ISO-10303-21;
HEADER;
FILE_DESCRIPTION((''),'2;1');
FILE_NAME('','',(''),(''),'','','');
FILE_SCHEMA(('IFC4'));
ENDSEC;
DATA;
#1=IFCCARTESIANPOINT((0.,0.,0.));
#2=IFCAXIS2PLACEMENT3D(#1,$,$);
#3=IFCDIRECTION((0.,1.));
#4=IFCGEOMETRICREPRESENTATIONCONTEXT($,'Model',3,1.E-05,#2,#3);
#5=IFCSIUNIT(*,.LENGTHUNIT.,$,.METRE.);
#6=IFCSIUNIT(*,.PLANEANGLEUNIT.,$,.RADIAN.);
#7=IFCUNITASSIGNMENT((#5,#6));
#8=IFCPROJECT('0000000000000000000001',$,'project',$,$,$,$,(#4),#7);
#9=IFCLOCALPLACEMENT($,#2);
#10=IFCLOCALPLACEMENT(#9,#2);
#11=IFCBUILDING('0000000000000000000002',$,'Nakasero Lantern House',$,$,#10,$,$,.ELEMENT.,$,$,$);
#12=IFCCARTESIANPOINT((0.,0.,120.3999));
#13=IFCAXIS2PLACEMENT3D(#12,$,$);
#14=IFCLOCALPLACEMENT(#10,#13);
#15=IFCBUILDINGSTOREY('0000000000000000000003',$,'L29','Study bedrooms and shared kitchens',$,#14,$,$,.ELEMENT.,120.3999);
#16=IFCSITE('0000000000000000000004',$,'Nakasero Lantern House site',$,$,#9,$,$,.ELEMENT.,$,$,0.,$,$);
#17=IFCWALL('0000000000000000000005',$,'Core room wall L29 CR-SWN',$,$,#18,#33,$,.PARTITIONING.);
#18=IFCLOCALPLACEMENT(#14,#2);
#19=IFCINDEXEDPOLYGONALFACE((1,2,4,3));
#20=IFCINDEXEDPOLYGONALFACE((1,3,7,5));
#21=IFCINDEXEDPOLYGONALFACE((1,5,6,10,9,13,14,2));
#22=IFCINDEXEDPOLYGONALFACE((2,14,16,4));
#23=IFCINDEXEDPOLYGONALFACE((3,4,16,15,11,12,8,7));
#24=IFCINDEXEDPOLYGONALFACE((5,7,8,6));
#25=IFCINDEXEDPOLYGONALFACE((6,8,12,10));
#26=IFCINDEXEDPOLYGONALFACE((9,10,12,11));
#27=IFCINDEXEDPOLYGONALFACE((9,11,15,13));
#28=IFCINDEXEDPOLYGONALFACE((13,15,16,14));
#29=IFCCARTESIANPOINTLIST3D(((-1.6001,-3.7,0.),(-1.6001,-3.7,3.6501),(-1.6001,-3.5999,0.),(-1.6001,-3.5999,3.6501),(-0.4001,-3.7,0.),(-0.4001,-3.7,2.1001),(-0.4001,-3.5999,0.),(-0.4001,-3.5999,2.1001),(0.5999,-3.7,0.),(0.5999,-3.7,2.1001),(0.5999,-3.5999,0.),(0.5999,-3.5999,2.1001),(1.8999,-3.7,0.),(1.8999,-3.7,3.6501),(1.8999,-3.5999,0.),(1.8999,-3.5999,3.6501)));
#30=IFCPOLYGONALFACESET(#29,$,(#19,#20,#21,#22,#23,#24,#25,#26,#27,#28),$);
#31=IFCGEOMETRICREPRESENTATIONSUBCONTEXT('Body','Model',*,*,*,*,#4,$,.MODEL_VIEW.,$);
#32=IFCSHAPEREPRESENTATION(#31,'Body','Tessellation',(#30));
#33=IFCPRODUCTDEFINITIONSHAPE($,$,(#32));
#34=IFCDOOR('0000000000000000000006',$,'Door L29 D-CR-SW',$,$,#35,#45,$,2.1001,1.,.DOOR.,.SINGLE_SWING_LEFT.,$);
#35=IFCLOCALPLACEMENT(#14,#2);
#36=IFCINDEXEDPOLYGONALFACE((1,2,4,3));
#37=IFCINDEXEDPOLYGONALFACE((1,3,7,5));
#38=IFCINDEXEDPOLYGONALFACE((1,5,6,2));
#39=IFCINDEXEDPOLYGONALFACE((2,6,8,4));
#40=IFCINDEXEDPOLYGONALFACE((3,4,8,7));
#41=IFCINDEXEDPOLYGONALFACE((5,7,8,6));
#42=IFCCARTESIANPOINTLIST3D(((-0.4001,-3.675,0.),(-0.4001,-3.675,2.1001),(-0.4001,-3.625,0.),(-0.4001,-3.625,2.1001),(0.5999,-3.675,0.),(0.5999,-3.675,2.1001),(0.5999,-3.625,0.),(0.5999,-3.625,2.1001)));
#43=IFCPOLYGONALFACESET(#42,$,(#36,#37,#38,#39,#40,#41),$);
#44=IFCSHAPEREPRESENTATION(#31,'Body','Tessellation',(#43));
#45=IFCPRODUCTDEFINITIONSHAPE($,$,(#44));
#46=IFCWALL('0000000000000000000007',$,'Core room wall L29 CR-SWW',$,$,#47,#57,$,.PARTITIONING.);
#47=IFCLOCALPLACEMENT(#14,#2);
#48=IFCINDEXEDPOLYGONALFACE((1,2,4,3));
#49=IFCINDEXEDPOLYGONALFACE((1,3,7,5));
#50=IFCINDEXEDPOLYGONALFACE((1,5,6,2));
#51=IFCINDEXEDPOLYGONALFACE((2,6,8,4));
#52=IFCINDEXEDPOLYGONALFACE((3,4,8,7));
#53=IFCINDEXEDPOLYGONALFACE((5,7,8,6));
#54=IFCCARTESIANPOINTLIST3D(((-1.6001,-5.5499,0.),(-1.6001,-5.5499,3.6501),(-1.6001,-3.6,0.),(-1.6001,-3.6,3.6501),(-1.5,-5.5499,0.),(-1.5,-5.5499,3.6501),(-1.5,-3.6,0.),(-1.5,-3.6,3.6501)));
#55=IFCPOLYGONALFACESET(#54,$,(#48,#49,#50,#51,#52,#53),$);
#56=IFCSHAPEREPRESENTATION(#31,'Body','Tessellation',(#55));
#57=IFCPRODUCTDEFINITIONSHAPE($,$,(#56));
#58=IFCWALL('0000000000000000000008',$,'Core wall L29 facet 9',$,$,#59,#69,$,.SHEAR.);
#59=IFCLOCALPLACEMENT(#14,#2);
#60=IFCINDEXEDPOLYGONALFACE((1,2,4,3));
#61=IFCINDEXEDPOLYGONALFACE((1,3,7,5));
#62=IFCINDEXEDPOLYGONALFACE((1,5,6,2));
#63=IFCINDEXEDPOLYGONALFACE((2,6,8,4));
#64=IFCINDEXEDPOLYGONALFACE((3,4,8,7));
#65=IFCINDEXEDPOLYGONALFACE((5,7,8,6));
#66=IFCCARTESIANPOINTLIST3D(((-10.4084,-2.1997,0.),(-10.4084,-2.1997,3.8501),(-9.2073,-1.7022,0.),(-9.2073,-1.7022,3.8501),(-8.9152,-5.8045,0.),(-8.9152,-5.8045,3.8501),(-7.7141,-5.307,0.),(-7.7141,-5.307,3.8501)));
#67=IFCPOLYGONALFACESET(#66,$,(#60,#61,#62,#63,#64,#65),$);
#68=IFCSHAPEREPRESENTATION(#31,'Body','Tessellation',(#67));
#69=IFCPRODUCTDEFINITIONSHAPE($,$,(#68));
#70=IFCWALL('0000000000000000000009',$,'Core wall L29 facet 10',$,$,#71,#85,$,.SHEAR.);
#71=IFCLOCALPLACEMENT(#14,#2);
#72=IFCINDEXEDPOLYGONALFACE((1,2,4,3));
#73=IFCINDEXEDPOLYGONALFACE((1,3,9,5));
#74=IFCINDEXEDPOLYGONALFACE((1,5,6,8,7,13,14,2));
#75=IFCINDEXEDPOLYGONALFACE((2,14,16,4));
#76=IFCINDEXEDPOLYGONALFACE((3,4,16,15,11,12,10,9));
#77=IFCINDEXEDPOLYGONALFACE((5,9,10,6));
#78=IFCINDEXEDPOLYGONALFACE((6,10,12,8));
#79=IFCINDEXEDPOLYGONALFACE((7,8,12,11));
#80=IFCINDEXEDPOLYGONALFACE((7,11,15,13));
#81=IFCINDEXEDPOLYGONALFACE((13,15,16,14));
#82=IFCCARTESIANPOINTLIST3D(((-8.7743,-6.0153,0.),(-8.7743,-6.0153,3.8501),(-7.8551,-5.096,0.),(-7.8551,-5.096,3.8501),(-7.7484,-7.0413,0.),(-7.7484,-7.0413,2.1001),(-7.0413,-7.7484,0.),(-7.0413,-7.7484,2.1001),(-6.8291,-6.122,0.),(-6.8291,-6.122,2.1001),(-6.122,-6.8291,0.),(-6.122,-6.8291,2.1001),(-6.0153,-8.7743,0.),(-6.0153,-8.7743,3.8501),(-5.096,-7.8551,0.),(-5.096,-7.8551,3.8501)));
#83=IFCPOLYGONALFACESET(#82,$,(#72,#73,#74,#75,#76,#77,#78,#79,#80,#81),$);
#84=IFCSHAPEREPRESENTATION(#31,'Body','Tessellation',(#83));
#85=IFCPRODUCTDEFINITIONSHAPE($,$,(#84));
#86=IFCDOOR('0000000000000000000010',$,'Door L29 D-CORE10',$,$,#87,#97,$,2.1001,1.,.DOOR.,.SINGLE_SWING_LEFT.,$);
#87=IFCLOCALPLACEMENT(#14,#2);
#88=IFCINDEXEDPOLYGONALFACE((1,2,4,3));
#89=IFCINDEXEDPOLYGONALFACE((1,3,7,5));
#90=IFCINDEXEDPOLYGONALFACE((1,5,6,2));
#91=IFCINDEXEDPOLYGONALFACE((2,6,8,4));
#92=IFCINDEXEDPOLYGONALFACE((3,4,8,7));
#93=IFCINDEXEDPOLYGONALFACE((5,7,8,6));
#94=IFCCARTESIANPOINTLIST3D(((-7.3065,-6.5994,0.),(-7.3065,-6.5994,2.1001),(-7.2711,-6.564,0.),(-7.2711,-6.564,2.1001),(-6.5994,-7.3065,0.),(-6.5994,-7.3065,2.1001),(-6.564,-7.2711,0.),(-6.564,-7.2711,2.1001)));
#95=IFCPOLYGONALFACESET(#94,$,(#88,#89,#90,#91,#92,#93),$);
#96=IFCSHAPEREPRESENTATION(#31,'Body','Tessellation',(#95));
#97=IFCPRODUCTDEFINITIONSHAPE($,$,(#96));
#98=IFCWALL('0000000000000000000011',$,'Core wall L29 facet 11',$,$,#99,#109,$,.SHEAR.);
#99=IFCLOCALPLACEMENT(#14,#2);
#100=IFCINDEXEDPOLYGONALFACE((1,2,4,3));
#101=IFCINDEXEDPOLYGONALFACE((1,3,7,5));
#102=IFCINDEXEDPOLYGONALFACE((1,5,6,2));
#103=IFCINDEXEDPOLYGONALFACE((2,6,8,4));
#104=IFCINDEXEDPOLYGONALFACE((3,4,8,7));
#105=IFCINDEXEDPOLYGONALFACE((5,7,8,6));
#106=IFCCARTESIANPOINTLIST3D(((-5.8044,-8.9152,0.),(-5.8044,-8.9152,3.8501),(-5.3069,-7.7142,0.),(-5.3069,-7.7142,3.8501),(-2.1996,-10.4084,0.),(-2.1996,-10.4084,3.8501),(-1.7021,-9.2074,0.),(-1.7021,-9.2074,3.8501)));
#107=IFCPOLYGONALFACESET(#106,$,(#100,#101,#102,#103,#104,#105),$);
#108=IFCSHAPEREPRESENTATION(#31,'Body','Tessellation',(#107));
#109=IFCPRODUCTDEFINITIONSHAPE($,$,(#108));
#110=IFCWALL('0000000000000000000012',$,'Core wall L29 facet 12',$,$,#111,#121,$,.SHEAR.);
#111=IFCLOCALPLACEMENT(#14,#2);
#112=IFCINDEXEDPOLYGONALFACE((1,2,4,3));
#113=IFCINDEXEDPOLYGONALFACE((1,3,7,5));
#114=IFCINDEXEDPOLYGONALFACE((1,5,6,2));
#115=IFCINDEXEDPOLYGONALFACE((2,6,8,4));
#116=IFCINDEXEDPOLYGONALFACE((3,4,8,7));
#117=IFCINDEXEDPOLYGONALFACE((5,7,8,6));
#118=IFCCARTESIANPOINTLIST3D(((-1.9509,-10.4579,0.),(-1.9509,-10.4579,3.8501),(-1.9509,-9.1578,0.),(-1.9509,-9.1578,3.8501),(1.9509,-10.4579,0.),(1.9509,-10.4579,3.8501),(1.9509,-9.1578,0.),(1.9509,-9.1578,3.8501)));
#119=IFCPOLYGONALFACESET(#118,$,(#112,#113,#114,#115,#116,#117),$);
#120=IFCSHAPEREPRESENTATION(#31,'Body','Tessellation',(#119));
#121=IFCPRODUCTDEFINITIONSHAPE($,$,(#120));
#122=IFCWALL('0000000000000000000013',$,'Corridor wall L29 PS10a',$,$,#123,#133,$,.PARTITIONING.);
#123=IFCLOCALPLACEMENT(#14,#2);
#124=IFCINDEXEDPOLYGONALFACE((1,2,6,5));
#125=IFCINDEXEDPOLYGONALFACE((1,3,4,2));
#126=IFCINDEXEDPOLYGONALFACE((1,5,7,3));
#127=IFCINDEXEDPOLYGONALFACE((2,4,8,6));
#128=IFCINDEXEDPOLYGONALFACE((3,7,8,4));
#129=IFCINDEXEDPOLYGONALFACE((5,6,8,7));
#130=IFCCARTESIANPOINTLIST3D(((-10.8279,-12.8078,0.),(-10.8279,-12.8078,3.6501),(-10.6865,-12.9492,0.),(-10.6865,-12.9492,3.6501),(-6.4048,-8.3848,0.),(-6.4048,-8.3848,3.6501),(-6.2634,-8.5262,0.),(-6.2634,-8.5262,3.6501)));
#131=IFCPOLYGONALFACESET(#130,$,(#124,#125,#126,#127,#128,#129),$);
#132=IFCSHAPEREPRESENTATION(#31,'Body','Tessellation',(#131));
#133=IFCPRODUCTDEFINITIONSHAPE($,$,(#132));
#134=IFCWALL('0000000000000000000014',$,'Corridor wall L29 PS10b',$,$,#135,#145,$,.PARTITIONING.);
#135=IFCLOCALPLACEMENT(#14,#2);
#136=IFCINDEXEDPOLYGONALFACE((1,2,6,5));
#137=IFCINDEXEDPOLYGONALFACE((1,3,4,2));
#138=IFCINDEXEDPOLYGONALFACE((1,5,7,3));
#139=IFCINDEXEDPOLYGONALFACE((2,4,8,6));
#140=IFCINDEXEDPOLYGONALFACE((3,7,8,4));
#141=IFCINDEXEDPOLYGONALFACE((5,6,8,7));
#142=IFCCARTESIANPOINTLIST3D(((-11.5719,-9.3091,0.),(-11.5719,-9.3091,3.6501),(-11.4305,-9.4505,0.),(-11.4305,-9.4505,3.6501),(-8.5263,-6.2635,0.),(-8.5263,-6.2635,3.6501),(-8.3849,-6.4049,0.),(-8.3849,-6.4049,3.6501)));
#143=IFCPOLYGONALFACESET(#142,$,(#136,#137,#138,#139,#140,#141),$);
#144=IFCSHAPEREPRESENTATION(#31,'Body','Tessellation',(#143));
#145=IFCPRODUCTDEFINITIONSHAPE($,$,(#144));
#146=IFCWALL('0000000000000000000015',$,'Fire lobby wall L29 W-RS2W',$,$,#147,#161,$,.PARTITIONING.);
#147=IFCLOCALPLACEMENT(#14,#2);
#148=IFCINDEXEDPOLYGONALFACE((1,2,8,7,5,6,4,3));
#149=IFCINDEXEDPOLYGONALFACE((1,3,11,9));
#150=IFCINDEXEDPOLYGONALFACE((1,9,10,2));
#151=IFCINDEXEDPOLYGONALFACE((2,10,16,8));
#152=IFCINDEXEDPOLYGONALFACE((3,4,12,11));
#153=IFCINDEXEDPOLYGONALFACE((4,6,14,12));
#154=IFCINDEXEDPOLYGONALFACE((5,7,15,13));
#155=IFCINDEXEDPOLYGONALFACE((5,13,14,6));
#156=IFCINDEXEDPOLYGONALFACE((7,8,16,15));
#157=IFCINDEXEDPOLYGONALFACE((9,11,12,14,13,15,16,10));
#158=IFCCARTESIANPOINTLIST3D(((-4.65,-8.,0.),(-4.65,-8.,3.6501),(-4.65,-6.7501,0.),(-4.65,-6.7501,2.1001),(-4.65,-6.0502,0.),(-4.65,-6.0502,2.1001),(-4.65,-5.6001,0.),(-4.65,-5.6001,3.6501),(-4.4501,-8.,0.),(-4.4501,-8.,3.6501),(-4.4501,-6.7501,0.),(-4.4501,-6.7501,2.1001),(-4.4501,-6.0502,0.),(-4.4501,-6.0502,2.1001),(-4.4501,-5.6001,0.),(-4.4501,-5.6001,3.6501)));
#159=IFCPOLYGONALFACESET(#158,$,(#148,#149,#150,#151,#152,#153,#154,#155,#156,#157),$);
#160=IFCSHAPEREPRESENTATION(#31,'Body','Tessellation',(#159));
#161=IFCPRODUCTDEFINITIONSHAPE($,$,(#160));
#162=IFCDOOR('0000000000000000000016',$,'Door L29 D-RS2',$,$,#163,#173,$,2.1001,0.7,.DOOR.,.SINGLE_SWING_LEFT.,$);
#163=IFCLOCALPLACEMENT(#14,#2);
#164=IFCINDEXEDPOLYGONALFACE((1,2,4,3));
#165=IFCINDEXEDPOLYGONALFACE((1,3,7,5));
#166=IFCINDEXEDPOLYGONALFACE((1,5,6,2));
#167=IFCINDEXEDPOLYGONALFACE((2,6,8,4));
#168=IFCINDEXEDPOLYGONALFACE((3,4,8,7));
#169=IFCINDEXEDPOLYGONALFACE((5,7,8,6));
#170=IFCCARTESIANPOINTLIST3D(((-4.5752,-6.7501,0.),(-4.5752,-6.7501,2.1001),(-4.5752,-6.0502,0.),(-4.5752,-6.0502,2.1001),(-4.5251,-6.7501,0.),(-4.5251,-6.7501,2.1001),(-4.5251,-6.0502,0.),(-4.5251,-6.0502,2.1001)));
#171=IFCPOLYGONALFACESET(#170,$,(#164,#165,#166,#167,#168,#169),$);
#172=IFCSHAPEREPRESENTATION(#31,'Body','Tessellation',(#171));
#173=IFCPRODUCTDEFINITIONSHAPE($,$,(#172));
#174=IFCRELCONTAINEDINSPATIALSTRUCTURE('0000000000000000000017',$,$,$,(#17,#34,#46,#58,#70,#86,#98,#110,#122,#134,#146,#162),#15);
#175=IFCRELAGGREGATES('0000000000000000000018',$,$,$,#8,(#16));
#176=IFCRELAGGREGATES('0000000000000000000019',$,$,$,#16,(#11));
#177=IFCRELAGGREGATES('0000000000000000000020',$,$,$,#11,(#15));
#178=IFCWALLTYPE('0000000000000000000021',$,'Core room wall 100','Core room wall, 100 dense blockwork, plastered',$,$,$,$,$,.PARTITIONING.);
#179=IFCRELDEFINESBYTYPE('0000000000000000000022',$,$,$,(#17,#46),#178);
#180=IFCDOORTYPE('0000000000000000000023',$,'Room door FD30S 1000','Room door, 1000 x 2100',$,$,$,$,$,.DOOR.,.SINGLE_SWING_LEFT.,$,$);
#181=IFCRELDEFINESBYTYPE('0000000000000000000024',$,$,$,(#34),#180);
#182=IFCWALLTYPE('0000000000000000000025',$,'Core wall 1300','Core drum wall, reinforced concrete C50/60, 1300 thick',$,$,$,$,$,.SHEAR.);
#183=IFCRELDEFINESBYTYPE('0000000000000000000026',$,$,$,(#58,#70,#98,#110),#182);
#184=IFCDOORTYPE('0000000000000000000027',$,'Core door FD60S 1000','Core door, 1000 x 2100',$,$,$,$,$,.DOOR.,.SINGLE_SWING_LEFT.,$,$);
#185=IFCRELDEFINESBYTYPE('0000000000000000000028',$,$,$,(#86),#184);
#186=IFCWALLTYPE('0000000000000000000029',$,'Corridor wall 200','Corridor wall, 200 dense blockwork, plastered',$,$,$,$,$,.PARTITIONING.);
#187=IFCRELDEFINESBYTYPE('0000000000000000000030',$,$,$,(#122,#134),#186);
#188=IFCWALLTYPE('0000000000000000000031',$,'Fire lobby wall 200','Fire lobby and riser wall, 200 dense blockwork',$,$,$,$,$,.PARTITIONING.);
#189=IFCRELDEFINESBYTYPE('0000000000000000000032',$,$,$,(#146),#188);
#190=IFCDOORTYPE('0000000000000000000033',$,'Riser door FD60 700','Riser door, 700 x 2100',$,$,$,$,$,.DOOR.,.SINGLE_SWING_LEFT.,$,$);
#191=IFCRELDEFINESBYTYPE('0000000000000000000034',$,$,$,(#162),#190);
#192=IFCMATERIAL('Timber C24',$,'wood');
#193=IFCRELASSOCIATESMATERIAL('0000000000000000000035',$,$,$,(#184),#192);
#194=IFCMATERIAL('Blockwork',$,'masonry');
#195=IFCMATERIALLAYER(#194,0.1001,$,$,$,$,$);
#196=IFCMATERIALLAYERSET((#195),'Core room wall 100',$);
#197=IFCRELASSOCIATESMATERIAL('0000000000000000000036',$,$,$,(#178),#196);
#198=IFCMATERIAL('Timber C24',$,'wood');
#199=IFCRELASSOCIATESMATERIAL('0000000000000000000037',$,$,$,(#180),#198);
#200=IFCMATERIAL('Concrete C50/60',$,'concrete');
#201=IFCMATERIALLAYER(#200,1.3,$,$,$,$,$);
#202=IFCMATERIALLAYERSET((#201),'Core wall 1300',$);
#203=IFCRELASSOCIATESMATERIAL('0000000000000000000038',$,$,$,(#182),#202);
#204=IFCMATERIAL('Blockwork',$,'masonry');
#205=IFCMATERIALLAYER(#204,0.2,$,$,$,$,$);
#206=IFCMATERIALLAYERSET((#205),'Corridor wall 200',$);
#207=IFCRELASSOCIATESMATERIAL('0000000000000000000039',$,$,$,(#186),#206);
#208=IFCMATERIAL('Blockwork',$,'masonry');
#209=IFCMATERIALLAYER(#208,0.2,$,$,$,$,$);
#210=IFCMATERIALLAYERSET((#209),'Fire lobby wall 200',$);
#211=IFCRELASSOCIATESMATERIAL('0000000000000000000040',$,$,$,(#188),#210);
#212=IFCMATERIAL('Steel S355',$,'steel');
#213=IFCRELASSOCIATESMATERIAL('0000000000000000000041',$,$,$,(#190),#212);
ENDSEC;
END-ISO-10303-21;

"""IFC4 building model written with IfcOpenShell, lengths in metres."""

from ifc_helpers import new_model, si_unit, direction, frame, frame_2d, origin, place, context, subcontext, project, spatial, rectangle, extrude, material, layer, layer_set, type_object, element, fill, save


model = new_model("IFC4")

# Units and contexts
model_context = context("Model", 3, precision=1e-05, world=origin(), true_north=direction((0.0, 1.0)))
body_context = subcontext(model_context, "Body", "Model", "MODEL_VIEW")
ifc_project = project(units=[si_unit("LENGTHUNIT", "METRE"), si_unit("PLANEANGLEUNIT", "RADIAN")], contexts=[model_context])

# Site, building, storey
site_placement = place(None, origin())
site = spatial("IfcSite", under=ifc_project, at=site_placement, Name="Nakasero Lantern House site", CompositionType="ELEMENT", RefElevation=0.0)
building_placement = place(site_placement, origin())
building = spatial("IfcBuilding", under=site, at=building_placement, Name="Nakasero Lantern House", CompositionType="ELEMENT")
storey_placement = place(building_placement, frame((0.0, 0.0, 120.3999)))
storey = spatial("IfcBuildingStorey", under=building, at=storey_placement, Name="L29", Description="Study bedrooms and shared kitchens", CompositionType="ELEMENT", Elevation=120.3999)

# Shared definitions
ifc_material_1 = material(Name="Timber C24", Category="wood")
door_type_1 = type_object("IfcDoorType", Name="Core door FD60S 1000", Description="Core door, 1000 x 2100", OperationType="SINGLE_SWING_LEFT", PredefinedType="DOOR", material=ifc_material_1)

# Wall, opening, door
ifc_material_2 = material(Name="Blockwork", Category="masonry")
ifc_layer_1 = layer(ifc_material_2, 0.1001)
ifc_layer_set_1 = layer_set([ifc_layer_1], Name="Core room wall 100")
wall_type_1 = type_object("IfcWallType", Name="Core room wall 100", Description="Core room wall, 100 dense blockwork, plastered", PredefinedType="PARTITIONING", material=ifc_layer_set_1)
wall_1_placement = place(storey_placement, frame((-1.6001, -3.6499, 0.0), z_axis=(0.0, 0.0, 1.0), x_axis=(1.0, 0.0, 0.0)))
wall_1 = element("IfcWall", 1, at=wall_1_placement, inside=storey, type_object=wall_type_1, Name="Core room wall L29 CR-SWN", PredefinedType="PARTITIONING", context=body_context, shape_type="SweptSolid", body=[
    extrude(rectangle(XDim=3.5, YDim=0.1001, at=frame_2d((1.75, 0.0))), origin(), (0.0, 0.0, 1.0), 3.6501),
])
opening_1_placement = place(wall_1_placement, frame((1.2, 0.0, 0.0)))
opening_1 = element("IfcOpeningElement", 2, at=opening_1_placement, cuts=wall_1, PredefinedType="OPENING", context=body_context, shape_type="SweptSolid", body=[
    extrude(rectangle(XDim=1.0, YDim=2.1001, at=frame_2d((0.5, 1.05))), frame((0.0, 0.0701, 0.0), z_axis=(0.0, -1.0, 0.0), x_axis=(1.0, 0.0, 0.0)), (0.0, 0.0, 1.0), 0.1401),
])
ifc_material_3 = material(Name="Timber C24", Category="wood")
door_type_2 = type_object("IfcDoorType", Name="Room door FD30S 1000", Description="Room door, 1000 x 2100", OperationType="SINGLE_SWING_LEFT", PredefinedType="DOOR", material=ifc_material_3)
door_1_placement = place(opening_1_placement, origin())
door_1 = element("IfcDoor", 3, at=door_1_placement, inside=storey, type_object=door_type_2, Name="Door L29 D-CR-SW", OperationType="SINGLE_SWING_LEFT", OverallHeight=2.1001, OverallWidth=1.0, PredefinedType="DOOR", context=body_context, shape_type="SweptSolid", body=[
    extrude(rectangle(XDim=1.0, YDim=2.1001, at=frame_2d((0.5, 1.05))), frame((0.0, 0.0249, 0.0), z_axis=(0.0, -1.0, 0.0), x_axis=(1.0, 0.0, 0.0)), (0.0, 0.0, 1.0), 0.05),
])
fill(opening_1, door_1)

# Walls
wall_2_placement = place(storey_placement, frame((-1.55, -5.55, 0.0), z_axis=(0.0, 0.0, 1.0), x_axis=(0.0, 1.0, 0.0)))
element("IfcWall", 4, at=wall_2_placement, inside=storey, type_object=wall_type_1, Name="Core room wall L29 CR-SWW", PredefinedType="PARTITIONING", context=body_context, shape_type="SweptSolid", body=[
    extrude(rectangle(XDim=1.95, YDim=0.1001, at=frame_2d((0.9751, 0.0))), origin(), (0.0, 0.0, 1.0), 3.6501),
])
ifc_material_4 = material(Name="Concrete C50/60", Category="concrete")
ifc_layer_2 = layer(ifc_material_4, 1.3)
ifc_layer_set_2 = layer_set([ifc_layer_2], Name="Core wall 1300")
wall_type_2 = type_object("IfcWallType", Name="Core wall 1300", Description="Core drum wall, reinforced concrete C50/60, 1300 thick", PredefinedType="SHEAR", material=ifc_layer_set_2)
wall_3_placement = place(storey_placement, frame((-9.8079, -1.9509, 0.0), z_axis=(0.0, 0.0, 1.0), x_axis=(0.382691, -0.923877, 0.0)))
element("IfcWall", 5, at=wall_3_placement, inside=storey, type_object=wall_type_2, Name="Core wall L29 facet 9", PredefinedType="SHEAR", context=body_context, shape_type="SweptSolid", body=[
    extrude(rectangle(XDim=3.9019, YDim=1.3, at=frame_2d((1.9509, 0.0))), origin(), (0.0, 0.0, 1.0), 3.8501),
])

# Wall, opening, door
wall_4_placement = place(storey_placement, frame((-8.3147, -5.5557, 0.0), z_axis=(0.0, 0.0, 1.0), x_axis=(0.707107, -0.707107, 0.0)))
wall_4 = element("IfcWall", 6, at=wall_4_placement, inside=storey, type_object=wall_type_2, Name="Core wall L29 facet 10", PredefinedType="SHEAR", context=body_context, shape_type="SweptSolid", body=[
    extrude(rectangle(XDim=3.9019, YDim=1.3, at=frame_2d((1.9509, 0.0))), origin(), (0.0, 0.0, 1.0), 3.8501),
])
opening_2_placement = place(wall_4_placement, frame((1.4509, 0.0, 0.0)))
opening_2 = element("IfcOpeningElement", 7, at=opening_2_placement, cuts=wall_4, PredefinedType="OPENING", context=body_context, shape_type="SweptSolid", body=[
    extrude(rectangle(XDim=1.0, YDim=2.1001, at=frame_2d((0.5, 1.05))), frame((0.0, 0.6699, 0.0), z_axis=(0.0, -1.0, 0.0), x_axis=(1.0, 0.0, 0.0)), (0.0, 0.0, 1.0), 1.3401),
])
door_2_placement = place(opening_2_placement, origin())
door_2 = element("IfcDoor", 8, at=door_2_placement, inside=storey, type_object=door_type_1, Name="Door L29 D-CORE10", OperationType="SINGLE_SWING_LEFT", OverallHeight=2.1001, OverallWidth=1.0, PredefinedType="DOOR", context=body_context, shape_type="SweptSolid", body=[
    extrude(rectangle(XDim=1.0, YDim=2.1001, at=frame_2d((0.5, 1.05))), frame((0.0, 0.0249, 0.0), z_axis=(0.0, -1.0, 0.0), x_axis=(1.0, 0.0, 0.0)), (0.0, 0.0, 1.0), 0.05),
])
fill(opening_2, door_2)

# Walls
for number, where, z_axis, x_axis, name in (
    (9, (-5.5557, -8.3147, 0.0), (0.0, 0.0, 1.0), (0.923877, -0.382691, 0.0), "Core wall L29 facet 11"),
    (10, (-1.9509, -9.8079, 0.0), (0.0, 0.0, 1.0), (1.0, 0.0, 0.0), "Core wall L29 facet 12"),
):
    element("IfcWall", number, at=place(storey_placement, frame(where, z_axis=z_axis, x_axis=x_axis)), inside=storey, type_object=wall_type_2, Name=name, PredefinedType="SHEAR", context=body_context, shape_type="SweptSolid", body=[
        extrude(rectangle(XDim=3.9019, YDim=1.3, at=frame_2d((1.9509, 0.0))), origin(), (0.0, 0.0, 1.0), 3.8501),
    ])
ifc_material_5 = material(Name="Blockwork", Category="masonry")
ifc_layer_3 = layer(ifc_material_5, 0.2)
ifc_layer_set_3 = layer_set([ifc_layer_3], Name="Corridor wall 200")
wall_type_3 = type_object("IfcWallType", Name="Corridor wall 200", Description="Corridor wall, 200 dense blockwork, plastered", PredefinedType="PARTITIONING", material=ifc_layer_set_3)
wall_5_placement = place(storey_placement, frame((-6.3342, -8.4556, 0.0), z_axis=(0.0, 0.0, 1.0), x_axis=(-0.707107, -0.707107, 0.0)))
element("IfcWall", 11, at=wall_5_placement, inside=storey, type_object=wall_type_3, Name="Corridor wall L29 PS10a", PredefinedType="PARTITIONING", context=body_context, shape_type="SweptSolid", body=[
    extrude(rectangle(XDim=6.2551, YDim=0.2, at=frame_2d((3.1274, 0.0))), origin(), (0.0, 0.0, 1.0), 3.6501),
])
wall_6_placement = place(storey_placement, frame((-8.4556, -6.3342, 0.0), z_axis=(0.0, 0.0, 1.0), x_axis=(-0.707107, -0.707107, 0.0)))
element("IfcWall", 12, at=wall_6_placement, inside=storey, type_object=wall_type_3, Name="Corridor wall L29 PS10b", PredefinedType="PARTITIONING", context=body_context, shape_type="SweptSolid", body=[
    extrude(rectangle(XDim=4.3071, YDim=0.2, at=frame_2d((2.1536, 0.0))), origin(), (0.0, 0.0, 1.0), 3.6501),
])

# Wall, opening, door
ifc_material_6 = material(Name="Blockwork", Category="masonry")
ifc_layer_4 = layer(ifc_material_6, 0.2)
ifc_layer_set_4 = layer_set([ifc_layer_4], Name="Fire lobby wall 200")
wall_type_4 = type_object("IfcWallType", Name="Fire lobby wall 200", Description="Fire lobby and riser wall, 200 dense blockwork", PredefinedType="PARTITIONING", material=ifc_layer_set_4)
wall_7_placement = place(storey_placement, frame((-4.55, -5.6001, 0.0), z_axis=(0.0, 0.0, 1.0), x_axis=(0.0, -1.0, 0.0)))
wall_7 = element("IfcWall", 13, at=wall_7_placement, inside=storey, type_object=wall_type_4, Name="Fire lobby wall L29 W-RS2W", PredefinedType="PARTITIONING", context=body_context, shape_type="SweptSolid", body=[
    extrude(rectangle(XDim=2.3999, YDim=0.2, at=frame_2d((1.2, 0.0))), origin(), (0.0, 0.0, 1.0), 3.6501),
])
opening_3_placement = place(wall_7_placement, frame((0.45, 0.0, 0.0)))
opening_3 = element("IfcOpeningElement", 14, at=opening_3_placement, cuts=wall_7, PredefinedType="OPENING", context=body_context, shape_type="SweptSolid", body=[
    extrude(rectangle(XDim=0.7, YDim=2.1001, at=frame_2d((0.3501, 1.05))), frame((0.0, 0.1199, 0.0), z_axis=(0.0, -1.0, 0.0), x_axis=(1.0, 0.0, 0.0)), (0.0, 0.0, 1.0), 0.24),
])
ifc_material_7 = material(Name="Steel S355", Category="steel")
door_type_3 = type_object("IfcDoorType", Name="Riser door FD60 700", Description="Riser door, 700 x 2100", OperationType="SINGLE_SWING_LEFT", PredefinedType="DOOR", material=ifc_material_7)
door_3_placement = place(opening_3_placement, origin())
door_3 = element("IfcDoor", 15, at=door_3_placement, inside=storey, type_object=door_type_3, Name="Door L29 D-RS2", OperationType="SINGLE_SWING_LEFT", OverallHeight=2.1001, OverallWidth=0.7, PredefinedType="DOOR", context=body_context, shape_type="SweptSolid", body=[
    extrude(rectangle(XDim=0.7, YDim=2.1001, at=frame_2d((0.3501, 1.05))), frame((0.0, 0.0249, 0.0), z_axis=(0.0, -1.0, 0.0), x_axis=(1.0, 0.0, 0.0)), (0.0, 0.0, 1.0), 0.05),
])
fill(opening_3, door_3)

save(model, "model.ifc")
